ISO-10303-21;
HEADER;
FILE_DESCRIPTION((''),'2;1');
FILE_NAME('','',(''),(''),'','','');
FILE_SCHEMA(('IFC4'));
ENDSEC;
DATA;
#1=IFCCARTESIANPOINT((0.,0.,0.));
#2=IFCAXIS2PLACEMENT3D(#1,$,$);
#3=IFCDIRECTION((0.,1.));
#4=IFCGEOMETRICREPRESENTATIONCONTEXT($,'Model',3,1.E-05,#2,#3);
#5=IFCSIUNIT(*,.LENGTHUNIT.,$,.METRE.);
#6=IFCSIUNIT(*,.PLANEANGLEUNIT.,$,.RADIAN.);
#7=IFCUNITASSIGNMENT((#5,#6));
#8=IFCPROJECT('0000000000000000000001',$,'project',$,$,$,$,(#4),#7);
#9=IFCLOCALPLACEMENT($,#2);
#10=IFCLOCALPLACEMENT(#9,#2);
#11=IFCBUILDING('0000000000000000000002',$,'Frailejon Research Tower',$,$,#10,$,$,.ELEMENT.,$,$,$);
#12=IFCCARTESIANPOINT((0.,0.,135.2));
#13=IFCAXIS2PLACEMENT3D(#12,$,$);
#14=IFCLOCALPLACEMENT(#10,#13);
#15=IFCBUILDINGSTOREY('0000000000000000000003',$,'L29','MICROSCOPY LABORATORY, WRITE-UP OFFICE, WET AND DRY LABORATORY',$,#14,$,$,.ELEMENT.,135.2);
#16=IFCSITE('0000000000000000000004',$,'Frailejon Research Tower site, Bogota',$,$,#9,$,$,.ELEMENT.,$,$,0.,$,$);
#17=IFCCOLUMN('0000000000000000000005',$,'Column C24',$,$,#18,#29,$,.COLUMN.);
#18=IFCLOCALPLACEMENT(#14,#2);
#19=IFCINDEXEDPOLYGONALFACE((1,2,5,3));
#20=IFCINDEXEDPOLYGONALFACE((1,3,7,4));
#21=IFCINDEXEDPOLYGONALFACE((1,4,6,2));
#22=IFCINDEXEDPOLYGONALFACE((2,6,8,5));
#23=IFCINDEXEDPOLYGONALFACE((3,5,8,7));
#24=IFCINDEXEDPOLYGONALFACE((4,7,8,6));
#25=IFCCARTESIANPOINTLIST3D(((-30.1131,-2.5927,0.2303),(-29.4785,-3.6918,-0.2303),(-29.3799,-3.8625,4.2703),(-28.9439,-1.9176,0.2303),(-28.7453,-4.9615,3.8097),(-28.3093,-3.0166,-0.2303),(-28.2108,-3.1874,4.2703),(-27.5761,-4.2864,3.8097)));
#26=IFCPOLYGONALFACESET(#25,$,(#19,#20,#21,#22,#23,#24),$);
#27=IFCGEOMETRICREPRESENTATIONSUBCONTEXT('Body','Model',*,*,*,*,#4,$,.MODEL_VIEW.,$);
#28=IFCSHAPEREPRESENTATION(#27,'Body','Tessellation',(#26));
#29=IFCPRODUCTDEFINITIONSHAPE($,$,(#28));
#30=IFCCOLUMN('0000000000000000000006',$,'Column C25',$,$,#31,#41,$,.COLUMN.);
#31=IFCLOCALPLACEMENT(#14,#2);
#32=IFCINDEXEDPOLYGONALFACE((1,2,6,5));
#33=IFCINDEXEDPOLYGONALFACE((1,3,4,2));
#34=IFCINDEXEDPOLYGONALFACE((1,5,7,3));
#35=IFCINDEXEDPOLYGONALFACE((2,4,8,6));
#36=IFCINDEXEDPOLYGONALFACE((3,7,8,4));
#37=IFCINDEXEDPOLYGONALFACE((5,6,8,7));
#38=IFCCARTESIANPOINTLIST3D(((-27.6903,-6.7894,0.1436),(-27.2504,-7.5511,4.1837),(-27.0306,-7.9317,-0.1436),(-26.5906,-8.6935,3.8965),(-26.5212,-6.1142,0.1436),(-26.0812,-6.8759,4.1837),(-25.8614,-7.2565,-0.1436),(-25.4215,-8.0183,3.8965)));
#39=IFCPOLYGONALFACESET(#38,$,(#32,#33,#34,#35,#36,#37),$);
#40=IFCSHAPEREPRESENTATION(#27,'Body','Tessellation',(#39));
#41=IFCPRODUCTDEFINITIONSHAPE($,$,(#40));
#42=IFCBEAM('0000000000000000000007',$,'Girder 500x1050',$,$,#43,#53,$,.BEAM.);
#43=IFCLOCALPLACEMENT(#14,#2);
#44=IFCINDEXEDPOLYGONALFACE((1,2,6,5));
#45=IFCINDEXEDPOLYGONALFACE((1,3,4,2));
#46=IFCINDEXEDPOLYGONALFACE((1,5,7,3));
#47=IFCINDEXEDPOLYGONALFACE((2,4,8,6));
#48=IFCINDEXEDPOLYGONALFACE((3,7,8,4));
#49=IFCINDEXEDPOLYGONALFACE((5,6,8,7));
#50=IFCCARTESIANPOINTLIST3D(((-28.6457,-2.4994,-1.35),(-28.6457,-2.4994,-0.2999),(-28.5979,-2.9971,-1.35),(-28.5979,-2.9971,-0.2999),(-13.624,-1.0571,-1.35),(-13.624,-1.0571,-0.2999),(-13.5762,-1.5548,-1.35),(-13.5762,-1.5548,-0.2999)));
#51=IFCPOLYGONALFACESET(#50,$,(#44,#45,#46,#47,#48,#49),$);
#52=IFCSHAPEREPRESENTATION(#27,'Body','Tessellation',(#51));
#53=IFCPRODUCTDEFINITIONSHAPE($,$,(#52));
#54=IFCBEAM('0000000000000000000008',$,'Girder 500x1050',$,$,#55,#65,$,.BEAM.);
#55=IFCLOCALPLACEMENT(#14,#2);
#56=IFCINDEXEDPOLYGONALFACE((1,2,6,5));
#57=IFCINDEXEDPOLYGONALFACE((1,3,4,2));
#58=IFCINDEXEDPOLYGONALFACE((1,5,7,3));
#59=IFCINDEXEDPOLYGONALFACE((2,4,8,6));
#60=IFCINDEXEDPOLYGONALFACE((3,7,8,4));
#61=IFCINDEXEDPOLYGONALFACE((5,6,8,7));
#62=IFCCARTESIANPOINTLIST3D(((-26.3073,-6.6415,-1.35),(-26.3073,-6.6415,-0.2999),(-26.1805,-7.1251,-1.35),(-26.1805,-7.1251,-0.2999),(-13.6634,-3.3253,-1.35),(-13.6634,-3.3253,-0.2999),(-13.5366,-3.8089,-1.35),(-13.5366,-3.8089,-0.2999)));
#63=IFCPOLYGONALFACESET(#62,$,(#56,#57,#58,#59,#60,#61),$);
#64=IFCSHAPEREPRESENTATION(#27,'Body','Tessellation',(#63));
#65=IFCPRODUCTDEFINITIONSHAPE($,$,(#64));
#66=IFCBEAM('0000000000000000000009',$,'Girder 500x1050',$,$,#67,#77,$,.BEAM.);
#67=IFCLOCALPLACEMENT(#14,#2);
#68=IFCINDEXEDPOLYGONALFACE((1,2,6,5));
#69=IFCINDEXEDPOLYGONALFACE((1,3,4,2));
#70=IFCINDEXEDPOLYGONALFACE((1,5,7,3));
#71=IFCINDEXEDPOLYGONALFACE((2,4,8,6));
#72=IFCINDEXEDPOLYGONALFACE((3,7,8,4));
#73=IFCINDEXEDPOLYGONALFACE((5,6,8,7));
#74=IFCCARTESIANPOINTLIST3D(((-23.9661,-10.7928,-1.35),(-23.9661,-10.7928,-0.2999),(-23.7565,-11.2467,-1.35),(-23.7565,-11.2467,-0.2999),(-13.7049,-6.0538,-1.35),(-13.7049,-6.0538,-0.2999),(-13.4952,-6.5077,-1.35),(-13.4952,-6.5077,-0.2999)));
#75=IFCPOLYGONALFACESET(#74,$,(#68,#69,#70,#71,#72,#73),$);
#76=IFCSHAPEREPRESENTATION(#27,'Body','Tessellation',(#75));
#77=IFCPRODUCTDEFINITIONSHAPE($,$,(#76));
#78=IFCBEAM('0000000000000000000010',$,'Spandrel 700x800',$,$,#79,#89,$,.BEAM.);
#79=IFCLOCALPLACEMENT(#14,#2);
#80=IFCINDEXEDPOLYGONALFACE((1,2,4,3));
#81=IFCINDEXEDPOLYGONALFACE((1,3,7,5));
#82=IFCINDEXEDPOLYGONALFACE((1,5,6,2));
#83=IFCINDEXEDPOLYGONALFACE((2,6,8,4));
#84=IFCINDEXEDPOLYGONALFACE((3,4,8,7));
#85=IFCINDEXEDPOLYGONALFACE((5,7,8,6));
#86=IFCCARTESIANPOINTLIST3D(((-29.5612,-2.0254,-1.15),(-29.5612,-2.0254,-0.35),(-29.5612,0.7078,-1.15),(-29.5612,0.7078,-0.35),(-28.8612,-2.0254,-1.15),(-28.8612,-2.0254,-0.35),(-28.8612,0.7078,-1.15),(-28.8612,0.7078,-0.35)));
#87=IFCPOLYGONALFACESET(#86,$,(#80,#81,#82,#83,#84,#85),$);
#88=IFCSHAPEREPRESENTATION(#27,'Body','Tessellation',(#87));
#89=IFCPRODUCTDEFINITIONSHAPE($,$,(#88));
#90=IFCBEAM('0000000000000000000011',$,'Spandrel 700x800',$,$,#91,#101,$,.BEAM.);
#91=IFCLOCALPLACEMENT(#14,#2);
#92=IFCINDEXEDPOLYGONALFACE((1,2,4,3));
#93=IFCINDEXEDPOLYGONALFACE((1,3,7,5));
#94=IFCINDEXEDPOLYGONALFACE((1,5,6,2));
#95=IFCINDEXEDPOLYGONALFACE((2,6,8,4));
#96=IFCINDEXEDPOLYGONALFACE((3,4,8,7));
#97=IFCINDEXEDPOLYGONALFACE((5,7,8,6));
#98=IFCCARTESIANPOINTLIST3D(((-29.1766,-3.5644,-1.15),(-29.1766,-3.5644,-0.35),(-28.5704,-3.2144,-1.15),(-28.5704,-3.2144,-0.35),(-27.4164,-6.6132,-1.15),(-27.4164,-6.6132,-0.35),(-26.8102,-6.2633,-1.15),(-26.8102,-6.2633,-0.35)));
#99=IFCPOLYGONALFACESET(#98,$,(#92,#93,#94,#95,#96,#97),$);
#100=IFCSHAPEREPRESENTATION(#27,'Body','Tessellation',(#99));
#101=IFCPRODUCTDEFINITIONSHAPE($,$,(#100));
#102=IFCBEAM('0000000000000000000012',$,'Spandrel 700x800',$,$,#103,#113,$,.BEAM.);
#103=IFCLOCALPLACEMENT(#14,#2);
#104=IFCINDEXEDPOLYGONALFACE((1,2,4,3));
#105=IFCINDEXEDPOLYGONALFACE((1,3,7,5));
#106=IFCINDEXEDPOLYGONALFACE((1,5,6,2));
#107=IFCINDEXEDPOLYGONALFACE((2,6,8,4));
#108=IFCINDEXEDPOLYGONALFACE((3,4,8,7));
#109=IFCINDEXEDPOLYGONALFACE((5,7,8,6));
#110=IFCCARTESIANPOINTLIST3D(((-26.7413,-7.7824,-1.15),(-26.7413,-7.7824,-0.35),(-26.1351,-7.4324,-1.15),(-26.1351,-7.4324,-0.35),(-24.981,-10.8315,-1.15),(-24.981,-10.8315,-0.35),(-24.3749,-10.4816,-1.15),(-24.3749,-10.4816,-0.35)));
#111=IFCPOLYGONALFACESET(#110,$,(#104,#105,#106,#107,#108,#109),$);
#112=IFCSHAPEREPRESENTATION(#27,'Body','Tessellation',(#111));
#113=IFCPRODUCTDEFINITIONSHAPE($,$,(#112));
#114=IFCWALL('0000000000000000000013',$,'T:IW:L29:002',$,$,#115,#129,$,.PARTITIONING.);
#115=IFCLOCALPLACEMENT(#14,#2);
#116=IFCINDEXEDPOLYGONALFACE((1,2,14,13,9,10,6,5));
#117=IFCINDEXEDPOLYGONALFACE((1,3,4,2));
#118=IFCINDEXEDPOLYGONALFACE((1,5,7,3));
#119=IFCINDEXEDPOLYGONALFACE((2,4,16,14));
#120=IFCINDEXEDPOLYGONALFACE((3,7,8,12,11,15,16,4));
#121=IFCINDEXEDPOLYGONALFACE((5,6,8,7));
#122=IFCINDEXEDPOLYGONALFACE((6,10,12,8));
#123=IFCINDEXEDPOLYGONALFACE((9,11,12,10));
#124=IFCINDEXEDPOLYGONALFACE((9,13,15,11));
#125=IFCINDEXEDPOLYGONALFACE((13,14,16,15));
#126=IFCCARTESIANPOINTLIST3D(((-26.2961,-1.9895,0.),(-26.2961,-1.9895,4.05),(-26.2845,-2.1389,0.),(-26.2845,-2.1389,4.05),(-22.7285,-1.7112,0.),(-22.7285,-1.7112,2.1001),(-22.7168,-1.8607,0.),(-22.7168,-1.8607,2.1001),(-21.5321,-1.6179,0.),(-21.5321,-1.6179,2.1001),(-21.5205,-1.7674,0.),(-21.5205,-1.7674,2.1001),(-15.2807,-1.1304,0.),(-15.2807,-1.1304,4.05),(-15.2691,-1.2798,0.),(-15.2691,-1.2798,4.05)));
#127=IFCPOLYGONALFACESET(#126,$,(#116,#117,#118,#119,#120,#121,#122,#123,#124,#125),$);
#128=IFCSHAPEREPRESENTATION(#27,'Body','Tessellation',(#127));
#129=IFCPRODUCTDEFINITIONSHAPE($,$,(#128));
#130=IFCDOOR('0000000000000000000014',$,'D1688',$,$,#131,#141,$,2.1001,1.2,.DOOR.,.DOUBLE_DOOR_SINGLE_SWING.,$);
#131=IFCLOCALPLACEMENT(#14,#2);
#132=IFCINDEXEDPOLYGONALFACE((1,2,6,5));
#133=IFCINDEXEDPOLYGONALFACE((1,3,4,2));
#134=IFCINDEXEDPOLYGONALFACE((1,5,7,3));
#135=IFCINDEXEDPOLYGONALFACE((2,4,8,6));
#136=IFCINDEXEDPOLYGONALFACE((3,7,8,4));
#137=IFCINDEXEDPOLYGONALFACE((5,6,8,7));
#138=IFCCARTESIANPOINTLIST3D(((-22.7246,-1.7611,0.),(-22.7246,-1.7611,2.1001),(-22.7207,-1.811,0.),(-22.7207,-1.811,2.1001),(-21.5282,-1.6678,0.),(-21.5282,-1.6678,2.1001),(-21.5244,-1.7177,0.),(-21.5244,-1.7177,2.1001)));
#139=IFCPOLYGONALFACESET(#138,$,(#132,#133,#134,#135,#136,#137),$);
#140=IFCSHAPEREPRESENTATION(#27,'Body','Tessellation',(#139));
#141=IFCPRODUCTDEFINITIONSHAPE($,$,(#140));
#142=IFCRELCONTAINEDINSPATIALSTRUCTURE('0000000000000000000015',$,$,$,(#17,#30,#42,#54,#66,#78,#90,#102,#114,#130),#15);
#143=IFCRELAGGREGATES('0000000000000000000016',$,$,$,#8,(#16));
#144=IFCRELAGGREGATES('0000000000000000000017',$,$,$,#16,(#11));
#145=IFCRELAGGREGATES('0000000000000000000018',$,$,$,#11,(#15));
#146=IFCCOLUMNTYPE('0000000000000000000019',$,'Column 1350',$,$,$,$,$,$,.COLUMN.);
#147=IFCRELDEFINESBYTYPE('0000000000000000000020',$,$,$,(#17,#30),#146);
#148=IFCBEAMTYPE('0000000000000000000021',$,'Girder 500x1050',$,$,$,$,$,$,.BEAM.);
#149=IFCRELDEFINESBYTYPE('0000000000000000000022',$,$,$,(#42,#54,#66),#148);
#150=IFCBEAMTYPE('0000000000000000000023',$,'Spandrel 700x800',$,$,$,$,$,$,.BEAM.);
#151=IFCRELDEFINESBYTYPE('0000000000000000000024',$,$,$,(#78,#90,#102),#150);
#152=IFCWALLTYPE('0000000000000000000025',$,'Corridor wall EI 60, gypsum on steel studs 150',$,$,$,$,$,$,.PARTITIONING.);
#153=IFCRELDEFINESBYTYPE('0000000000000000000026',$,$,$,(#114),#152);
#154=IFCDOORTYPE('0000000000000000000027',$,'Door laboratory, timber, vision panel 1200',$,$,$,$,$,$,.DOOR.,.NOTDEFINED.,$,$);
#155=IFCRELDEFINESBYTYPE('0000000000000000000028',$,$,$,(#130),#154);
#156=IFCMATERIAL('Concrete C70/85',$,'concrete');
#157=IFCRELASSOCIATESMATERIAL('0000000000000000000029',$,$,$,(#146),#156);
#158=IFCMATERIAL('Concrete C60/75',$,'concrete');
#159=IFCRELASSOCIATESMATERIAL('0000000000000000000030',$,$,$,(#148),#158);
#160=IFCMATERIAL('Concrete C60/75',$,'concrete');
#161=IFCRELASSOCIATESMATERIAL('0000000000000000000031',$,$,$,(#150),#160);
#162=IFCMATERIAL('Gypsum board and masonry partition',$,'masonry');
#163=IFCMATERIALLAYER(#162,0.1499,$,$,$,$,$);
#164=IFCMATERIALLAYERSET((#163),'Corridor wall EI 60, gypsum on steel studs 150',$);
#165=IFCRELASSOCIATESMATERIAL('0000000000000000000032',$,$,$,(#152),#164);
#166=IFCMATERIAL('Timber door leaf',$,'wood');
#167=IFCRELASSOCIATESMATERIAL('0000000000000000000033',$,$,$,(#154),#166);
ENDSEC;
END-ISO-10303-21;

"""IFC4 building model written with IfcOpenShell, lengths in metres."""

from ifc_helpers import new_model, si_unit, direction, frame, frame_2d, origin, origin_2d, place, context, subcontext, project, spatial, rectangle, extrude, material, layer, layer_set, material_profile, profile_set, type_object, element, fill, save


model = new_model("IFC4")

# Units and contexts
model_context = context("Model", 3, precision=1e-05, world=origin(), true_north=direction((0.0, 1.0)))
body_context = subcontext(model_context, "Body", "Model", "MODEL_VIEW")
ifc_project = project(units=[si_unit("LENGTHUNIT", "METRE"), si_unit("PLANEANGLEUNIT", "RADIAN")], contexts=[model_context])

# Site, building, storey
site_placement = place(None, origin())
site = spatial("IfcSite", under=ifc_project, at=site_placement, Name="Frailejon Research Tower site, Bogota", CompositionType="ELEMENT", RefElevation=0.0)
building_placement = place(site_placement, origin())
building = spatial("IfcBuilding", under=site, at=building_placement, Name="Frailejon Research Tower", CompositionType="ELEMENT")
storey_placement = place(building_placement, frame((0.0, 0.0, 135.2)))
storey = spatial("IfcBuildingStorey", under=building, at=storey_placement, Name="L29", Description="MICROSCOPY LABORATORY, WRITE-UP OFFICE, WET AND DRY LABORATORY", CompositionType="ELEMENT", Elevation=135.2)

# Columns
ifc_material_1 = material(Name="Concrete C70/85", Category="concrete")
ifc_material_profile_1 = material_profile(ifc_material_1, rectangle(XDim=1.3501, YDim=1.3501, at=origin_2d()), Name="Column 1350")
ifc_profile_set_1 = profile_set([ifc_material_profile_1], Name="Concrete C70/85")
column_type = type_object("IfcColumnType", Name="Column 1350", PredefinedType="COLUMN", material=ifc_profile_set_1)
column_1_placement = place(storey_placement, frame((-29.2112, -2.8047, 0.0), z_axis=(0.170585, -0.295442, 0.940008), x_axis=(0.470058, -0.814039, -0.341153)))
element("IfcColumn", 1, at=column_1_placement, inside=storey, type_object=column_type, Name="Column C24", PredefinedType="COLUMN", context=body_context, shape_type="SweptSolid", body=[
    extrude(rectangle(XDim=1.3501, YDim=1.3501, at=origin_2d()), origin(), (0.0, 0.0, 1.0), 4.2979),
])
column_2_placement = place(storey_placement, frame((-26.7759, -7.0229, 0.0), z_axis=(0.106402, -0.184226, 0.977108), x_axis=(0.488665, -0.846136, -0.212746)))
element("IfcColumn", 2, at=column_2_placement, inside=storey, type_object=column_type, Name="Column C25", PredefinedType="COLUMN", context=body_context, shape_type="SweptSolid", body=[
    extrude(rectangle(XDim=1.3501, YDim=1.3501, at=origin_2d()), origin(), (0.0, 0.0, 1.0), 4.1348),
])

# Beams
ifc_material_2 = material(Name="Concrete C60/75", Category="concrete")
ifc_material_profile_2 = material_profile(ifc_material_2, rectangle(XDim=0.5, YDim=1.05, at=origin_2d()), Name="Girder 500x1050")
ifc_profile_set_2 = profile_set([ifc_material_profile_2], Name="Concrete C60/75")
beam_type_1 = type_object("IfcBeamType", Name="Girder 500x1050", PredefinedType="BEAM", material=ifc_profile_set_2)
beam_1_placement = place(storey_placement, frame((-28.6218, -2.7483, -0.825), z_axis=(0.995422, 0.09558, 0.0), x_axis=(-0.09558, 0.995422, 0.0)))
element("IfcBeam", 3, at=beam_1_placement, inside=storey, type_object=beam_type_1, Name="Girder 500x1050", PredefinedType="BEAM", context=body_context, shape_type="SweptSolid", body=[
    extrude(rectangle(XDim=0.5, YDim=1.05, at=origin_2d()), origin(), (0.0, 0.0, 1.0), 15.0908),
])
beam_2_placement = place(storey_placement, frame((-26.2439, -6.8833, -0.825), z_axis=(0.967284, 0.253695, 0.0), x_axis=(-0.253695, 0.967284, 0.0)))
element("IfcBeam", 4, at=beam_2_placement, inside=storey, type_object=beam_type_1, Name="Girder 500x1050", PredefinedType="BEAM", context=body_context, shape_type="SweptSolid", body=[
    extrude(rectangle(XDim=0.5, YDim=1.05, at=origin_2d()), origin(), (0.0, 0.0, 1.0), 13.0715),
])
beam_3_placement = place(storey_placement, frame((-23.8613, -11.0198, -0.825), z_axis=(0.907856, 0.419281, 0.0), x_axis=(-0.419281, 0.907856, 0.0)))
element("IfcBeam", 5, at=beam_3_placement, inside=storey, type_object=beam_type_1, Name="Girder 500x1050", PredefinedType="BEAM", context=body_context, shape_type="SweptSolid", body=[
    extrude(rectangle(XDim=0.5, YDim=1.05, at=origin_2d()), origin(), (0.0, 0.0, 1.0), 11.3027),
])
ifc_material_3 = material(Name="Concrete C60/75", Category="concrete")
ifc_material_profile_3 = material_profile(ifc_material_3, rectangle(XDim=0.7, YDim=0.8, at=origin_2d()), Name="Spandrel 700x800")
ifc_profile_set_3 = profile_set([ifc_material_profile_3], Name="Concrete C60/75")
beam_type_2 = type_object("IfcBeamType", Name="Spandrel 700x800", PredefinedType="BEAM", material=ifc_profile_set_3)
beam_4_placement = place(storey_placement, frame((-29.2112, 0.7078, -0.75), z_axis=(0.0, -1.0, 0.0), x_axis=(1.0, 0.0, 0.0)))
element("IfcBeam", 6, at=beam_4_placement, inside=storey, type_object=beam_type_2, Name="Spandrel 700x800", PredefinedType="BEAM", context=body_context, shape_type="SweptSolid", body=[
    extrude(rectangle(XDim=0.7, YDim=0.8, at=origin_2d()), origin(), (0.0, 0.0, 1.0), 2.7332),
])
beam_5_placement = place(storey_placement, frame((-28.8735, -3.3894, -0.75), z_axis=(0.500003, -0.866024, 0.0), x_axis=(0.866024, 0.500003, 0.0)))
element("IfcBeam", 7, at=beam_5_placement, inside=storey, type_object=beam_type_2, Name="Spandrel 700x800", PredefinedType="BEAM", context=body_context, shape_type="SweptSolid", body=[
    extrude(rectangle(XDim=0.7, YDim=0.8, at=origin_2d()), origin(), (0.0, 0.0, 1.0), 3.5205),
])
beam_6_placement = place(storey_placement, frame((-26.4382, -7.6074, -0.75), z_axis=(0.499973, -0.866041, 0.0), x_axis=(0.866041, 0.499973, 0.0)))
element("IfcBeam", 8, at=beam_6_placement, inside=storey, type_object=beam_type_2, Name="Spandrel 700x800", PredefinedType="BEAM", context=body_context, shape_type="SweptSolid", body=[
    extrude(rectangle(XDim=0.7, YDim=0.8, at=origin_2d()), origin(), (0.0, 0.0, 1.0), 3.5208),
])

# Wall, opening, door
ifc_material_4 = material(Name="Gypsum board and masonry partition", Category="masonry")
ifc_layer_1 = layer(ifc_material_4, 0.1499)
ifc_layer_set_1 = layer_set([ifc_layer_1], Name="Corridor wall EI 60, gypsum on steel studs 150")
wall_type_1 = type_object("IfcWallType", Name="Corridor wall EI 60, gypsum on steel studs 150", PredefinedType="PARTITIONING", material=ifc_layer_set_1)
wall_1_placement = place(storey_placement, frame((-26.2903, -2.0642, 0.0), z_axis=(0.0, 0.0, 1.0), x_axis=(0.996972, 0.077758, 0.0)))
wall_1 = element("IfcWall", 9, at=wall_1_placement, inside=storey, type_object=wall_type_1, Name="T:IW:L29:002", PredefinedType="PARTITIONING", context=body_context, shape_type="SweptSolid", body=[
    extrude(rectangle(XDim=11.0488, YDim=0.1499, at=frame_2d((5.5244, 0.0))), origin(), (0.0, 0.0, 1.0), 4.05),
])
opening_1_placement = place(wall_1_placement, frame((3.5784, 0.0, 0.0)))
opening_1 = element("IfcOpeningElement", 10, at=opening_1_placement, cuts=wall_1, PredefinedType="OPENING", context=body_context, shape_type="SweptSolid", body=[
    extrude(rectangle(XDim=1.2, YDim=2.1001, at=frame_2d((0.6001, 1.05))), frame((0.0, 0.085, 0.0), z_axis=(0.0, -1.0, 0.0), x_axis=(1.0, 0.0, 0.0)), (0.0, 0.0, 1.0), 0.1699),
])
ifc_material_5 = material(Name="Timber door leaf", Category="wood")
door_type_1 = type_object("IfcDoorType", Name="Door laboratory, timber, vision panel 1200", OperationType="NOTDEFINED", PredefinedType="DOOR", material=ifc_material_5)
door_1_placement = place(opening_1_placement, origin())
door_1 = element("IfcDoor", 11, at=door_1_placement, inside=storey, type_object=door_type_1, Name="D1688", OperationType="DOUBLE_DOOR_SINGLE_SWING", OverallHeight=2.1001, OverallWidth=1.2, PredefinedType="DOOR", context=body_context, shape_type="SweptSolid", body=[
    extrude(rectangle(XDim=1.2, YDim=2.1001, at=frame_2d((0.6001, 1.05))), frame((0.0, 0.0249, 0.0), z_axis=(0.0, -1.0, 0.0), x_axis=(1.0, 0.0, 0.0)), (0.0, 0.0, 1.0), 0.05),
])
fill(opening_1, door_1)

save(model, "model.ifc")
